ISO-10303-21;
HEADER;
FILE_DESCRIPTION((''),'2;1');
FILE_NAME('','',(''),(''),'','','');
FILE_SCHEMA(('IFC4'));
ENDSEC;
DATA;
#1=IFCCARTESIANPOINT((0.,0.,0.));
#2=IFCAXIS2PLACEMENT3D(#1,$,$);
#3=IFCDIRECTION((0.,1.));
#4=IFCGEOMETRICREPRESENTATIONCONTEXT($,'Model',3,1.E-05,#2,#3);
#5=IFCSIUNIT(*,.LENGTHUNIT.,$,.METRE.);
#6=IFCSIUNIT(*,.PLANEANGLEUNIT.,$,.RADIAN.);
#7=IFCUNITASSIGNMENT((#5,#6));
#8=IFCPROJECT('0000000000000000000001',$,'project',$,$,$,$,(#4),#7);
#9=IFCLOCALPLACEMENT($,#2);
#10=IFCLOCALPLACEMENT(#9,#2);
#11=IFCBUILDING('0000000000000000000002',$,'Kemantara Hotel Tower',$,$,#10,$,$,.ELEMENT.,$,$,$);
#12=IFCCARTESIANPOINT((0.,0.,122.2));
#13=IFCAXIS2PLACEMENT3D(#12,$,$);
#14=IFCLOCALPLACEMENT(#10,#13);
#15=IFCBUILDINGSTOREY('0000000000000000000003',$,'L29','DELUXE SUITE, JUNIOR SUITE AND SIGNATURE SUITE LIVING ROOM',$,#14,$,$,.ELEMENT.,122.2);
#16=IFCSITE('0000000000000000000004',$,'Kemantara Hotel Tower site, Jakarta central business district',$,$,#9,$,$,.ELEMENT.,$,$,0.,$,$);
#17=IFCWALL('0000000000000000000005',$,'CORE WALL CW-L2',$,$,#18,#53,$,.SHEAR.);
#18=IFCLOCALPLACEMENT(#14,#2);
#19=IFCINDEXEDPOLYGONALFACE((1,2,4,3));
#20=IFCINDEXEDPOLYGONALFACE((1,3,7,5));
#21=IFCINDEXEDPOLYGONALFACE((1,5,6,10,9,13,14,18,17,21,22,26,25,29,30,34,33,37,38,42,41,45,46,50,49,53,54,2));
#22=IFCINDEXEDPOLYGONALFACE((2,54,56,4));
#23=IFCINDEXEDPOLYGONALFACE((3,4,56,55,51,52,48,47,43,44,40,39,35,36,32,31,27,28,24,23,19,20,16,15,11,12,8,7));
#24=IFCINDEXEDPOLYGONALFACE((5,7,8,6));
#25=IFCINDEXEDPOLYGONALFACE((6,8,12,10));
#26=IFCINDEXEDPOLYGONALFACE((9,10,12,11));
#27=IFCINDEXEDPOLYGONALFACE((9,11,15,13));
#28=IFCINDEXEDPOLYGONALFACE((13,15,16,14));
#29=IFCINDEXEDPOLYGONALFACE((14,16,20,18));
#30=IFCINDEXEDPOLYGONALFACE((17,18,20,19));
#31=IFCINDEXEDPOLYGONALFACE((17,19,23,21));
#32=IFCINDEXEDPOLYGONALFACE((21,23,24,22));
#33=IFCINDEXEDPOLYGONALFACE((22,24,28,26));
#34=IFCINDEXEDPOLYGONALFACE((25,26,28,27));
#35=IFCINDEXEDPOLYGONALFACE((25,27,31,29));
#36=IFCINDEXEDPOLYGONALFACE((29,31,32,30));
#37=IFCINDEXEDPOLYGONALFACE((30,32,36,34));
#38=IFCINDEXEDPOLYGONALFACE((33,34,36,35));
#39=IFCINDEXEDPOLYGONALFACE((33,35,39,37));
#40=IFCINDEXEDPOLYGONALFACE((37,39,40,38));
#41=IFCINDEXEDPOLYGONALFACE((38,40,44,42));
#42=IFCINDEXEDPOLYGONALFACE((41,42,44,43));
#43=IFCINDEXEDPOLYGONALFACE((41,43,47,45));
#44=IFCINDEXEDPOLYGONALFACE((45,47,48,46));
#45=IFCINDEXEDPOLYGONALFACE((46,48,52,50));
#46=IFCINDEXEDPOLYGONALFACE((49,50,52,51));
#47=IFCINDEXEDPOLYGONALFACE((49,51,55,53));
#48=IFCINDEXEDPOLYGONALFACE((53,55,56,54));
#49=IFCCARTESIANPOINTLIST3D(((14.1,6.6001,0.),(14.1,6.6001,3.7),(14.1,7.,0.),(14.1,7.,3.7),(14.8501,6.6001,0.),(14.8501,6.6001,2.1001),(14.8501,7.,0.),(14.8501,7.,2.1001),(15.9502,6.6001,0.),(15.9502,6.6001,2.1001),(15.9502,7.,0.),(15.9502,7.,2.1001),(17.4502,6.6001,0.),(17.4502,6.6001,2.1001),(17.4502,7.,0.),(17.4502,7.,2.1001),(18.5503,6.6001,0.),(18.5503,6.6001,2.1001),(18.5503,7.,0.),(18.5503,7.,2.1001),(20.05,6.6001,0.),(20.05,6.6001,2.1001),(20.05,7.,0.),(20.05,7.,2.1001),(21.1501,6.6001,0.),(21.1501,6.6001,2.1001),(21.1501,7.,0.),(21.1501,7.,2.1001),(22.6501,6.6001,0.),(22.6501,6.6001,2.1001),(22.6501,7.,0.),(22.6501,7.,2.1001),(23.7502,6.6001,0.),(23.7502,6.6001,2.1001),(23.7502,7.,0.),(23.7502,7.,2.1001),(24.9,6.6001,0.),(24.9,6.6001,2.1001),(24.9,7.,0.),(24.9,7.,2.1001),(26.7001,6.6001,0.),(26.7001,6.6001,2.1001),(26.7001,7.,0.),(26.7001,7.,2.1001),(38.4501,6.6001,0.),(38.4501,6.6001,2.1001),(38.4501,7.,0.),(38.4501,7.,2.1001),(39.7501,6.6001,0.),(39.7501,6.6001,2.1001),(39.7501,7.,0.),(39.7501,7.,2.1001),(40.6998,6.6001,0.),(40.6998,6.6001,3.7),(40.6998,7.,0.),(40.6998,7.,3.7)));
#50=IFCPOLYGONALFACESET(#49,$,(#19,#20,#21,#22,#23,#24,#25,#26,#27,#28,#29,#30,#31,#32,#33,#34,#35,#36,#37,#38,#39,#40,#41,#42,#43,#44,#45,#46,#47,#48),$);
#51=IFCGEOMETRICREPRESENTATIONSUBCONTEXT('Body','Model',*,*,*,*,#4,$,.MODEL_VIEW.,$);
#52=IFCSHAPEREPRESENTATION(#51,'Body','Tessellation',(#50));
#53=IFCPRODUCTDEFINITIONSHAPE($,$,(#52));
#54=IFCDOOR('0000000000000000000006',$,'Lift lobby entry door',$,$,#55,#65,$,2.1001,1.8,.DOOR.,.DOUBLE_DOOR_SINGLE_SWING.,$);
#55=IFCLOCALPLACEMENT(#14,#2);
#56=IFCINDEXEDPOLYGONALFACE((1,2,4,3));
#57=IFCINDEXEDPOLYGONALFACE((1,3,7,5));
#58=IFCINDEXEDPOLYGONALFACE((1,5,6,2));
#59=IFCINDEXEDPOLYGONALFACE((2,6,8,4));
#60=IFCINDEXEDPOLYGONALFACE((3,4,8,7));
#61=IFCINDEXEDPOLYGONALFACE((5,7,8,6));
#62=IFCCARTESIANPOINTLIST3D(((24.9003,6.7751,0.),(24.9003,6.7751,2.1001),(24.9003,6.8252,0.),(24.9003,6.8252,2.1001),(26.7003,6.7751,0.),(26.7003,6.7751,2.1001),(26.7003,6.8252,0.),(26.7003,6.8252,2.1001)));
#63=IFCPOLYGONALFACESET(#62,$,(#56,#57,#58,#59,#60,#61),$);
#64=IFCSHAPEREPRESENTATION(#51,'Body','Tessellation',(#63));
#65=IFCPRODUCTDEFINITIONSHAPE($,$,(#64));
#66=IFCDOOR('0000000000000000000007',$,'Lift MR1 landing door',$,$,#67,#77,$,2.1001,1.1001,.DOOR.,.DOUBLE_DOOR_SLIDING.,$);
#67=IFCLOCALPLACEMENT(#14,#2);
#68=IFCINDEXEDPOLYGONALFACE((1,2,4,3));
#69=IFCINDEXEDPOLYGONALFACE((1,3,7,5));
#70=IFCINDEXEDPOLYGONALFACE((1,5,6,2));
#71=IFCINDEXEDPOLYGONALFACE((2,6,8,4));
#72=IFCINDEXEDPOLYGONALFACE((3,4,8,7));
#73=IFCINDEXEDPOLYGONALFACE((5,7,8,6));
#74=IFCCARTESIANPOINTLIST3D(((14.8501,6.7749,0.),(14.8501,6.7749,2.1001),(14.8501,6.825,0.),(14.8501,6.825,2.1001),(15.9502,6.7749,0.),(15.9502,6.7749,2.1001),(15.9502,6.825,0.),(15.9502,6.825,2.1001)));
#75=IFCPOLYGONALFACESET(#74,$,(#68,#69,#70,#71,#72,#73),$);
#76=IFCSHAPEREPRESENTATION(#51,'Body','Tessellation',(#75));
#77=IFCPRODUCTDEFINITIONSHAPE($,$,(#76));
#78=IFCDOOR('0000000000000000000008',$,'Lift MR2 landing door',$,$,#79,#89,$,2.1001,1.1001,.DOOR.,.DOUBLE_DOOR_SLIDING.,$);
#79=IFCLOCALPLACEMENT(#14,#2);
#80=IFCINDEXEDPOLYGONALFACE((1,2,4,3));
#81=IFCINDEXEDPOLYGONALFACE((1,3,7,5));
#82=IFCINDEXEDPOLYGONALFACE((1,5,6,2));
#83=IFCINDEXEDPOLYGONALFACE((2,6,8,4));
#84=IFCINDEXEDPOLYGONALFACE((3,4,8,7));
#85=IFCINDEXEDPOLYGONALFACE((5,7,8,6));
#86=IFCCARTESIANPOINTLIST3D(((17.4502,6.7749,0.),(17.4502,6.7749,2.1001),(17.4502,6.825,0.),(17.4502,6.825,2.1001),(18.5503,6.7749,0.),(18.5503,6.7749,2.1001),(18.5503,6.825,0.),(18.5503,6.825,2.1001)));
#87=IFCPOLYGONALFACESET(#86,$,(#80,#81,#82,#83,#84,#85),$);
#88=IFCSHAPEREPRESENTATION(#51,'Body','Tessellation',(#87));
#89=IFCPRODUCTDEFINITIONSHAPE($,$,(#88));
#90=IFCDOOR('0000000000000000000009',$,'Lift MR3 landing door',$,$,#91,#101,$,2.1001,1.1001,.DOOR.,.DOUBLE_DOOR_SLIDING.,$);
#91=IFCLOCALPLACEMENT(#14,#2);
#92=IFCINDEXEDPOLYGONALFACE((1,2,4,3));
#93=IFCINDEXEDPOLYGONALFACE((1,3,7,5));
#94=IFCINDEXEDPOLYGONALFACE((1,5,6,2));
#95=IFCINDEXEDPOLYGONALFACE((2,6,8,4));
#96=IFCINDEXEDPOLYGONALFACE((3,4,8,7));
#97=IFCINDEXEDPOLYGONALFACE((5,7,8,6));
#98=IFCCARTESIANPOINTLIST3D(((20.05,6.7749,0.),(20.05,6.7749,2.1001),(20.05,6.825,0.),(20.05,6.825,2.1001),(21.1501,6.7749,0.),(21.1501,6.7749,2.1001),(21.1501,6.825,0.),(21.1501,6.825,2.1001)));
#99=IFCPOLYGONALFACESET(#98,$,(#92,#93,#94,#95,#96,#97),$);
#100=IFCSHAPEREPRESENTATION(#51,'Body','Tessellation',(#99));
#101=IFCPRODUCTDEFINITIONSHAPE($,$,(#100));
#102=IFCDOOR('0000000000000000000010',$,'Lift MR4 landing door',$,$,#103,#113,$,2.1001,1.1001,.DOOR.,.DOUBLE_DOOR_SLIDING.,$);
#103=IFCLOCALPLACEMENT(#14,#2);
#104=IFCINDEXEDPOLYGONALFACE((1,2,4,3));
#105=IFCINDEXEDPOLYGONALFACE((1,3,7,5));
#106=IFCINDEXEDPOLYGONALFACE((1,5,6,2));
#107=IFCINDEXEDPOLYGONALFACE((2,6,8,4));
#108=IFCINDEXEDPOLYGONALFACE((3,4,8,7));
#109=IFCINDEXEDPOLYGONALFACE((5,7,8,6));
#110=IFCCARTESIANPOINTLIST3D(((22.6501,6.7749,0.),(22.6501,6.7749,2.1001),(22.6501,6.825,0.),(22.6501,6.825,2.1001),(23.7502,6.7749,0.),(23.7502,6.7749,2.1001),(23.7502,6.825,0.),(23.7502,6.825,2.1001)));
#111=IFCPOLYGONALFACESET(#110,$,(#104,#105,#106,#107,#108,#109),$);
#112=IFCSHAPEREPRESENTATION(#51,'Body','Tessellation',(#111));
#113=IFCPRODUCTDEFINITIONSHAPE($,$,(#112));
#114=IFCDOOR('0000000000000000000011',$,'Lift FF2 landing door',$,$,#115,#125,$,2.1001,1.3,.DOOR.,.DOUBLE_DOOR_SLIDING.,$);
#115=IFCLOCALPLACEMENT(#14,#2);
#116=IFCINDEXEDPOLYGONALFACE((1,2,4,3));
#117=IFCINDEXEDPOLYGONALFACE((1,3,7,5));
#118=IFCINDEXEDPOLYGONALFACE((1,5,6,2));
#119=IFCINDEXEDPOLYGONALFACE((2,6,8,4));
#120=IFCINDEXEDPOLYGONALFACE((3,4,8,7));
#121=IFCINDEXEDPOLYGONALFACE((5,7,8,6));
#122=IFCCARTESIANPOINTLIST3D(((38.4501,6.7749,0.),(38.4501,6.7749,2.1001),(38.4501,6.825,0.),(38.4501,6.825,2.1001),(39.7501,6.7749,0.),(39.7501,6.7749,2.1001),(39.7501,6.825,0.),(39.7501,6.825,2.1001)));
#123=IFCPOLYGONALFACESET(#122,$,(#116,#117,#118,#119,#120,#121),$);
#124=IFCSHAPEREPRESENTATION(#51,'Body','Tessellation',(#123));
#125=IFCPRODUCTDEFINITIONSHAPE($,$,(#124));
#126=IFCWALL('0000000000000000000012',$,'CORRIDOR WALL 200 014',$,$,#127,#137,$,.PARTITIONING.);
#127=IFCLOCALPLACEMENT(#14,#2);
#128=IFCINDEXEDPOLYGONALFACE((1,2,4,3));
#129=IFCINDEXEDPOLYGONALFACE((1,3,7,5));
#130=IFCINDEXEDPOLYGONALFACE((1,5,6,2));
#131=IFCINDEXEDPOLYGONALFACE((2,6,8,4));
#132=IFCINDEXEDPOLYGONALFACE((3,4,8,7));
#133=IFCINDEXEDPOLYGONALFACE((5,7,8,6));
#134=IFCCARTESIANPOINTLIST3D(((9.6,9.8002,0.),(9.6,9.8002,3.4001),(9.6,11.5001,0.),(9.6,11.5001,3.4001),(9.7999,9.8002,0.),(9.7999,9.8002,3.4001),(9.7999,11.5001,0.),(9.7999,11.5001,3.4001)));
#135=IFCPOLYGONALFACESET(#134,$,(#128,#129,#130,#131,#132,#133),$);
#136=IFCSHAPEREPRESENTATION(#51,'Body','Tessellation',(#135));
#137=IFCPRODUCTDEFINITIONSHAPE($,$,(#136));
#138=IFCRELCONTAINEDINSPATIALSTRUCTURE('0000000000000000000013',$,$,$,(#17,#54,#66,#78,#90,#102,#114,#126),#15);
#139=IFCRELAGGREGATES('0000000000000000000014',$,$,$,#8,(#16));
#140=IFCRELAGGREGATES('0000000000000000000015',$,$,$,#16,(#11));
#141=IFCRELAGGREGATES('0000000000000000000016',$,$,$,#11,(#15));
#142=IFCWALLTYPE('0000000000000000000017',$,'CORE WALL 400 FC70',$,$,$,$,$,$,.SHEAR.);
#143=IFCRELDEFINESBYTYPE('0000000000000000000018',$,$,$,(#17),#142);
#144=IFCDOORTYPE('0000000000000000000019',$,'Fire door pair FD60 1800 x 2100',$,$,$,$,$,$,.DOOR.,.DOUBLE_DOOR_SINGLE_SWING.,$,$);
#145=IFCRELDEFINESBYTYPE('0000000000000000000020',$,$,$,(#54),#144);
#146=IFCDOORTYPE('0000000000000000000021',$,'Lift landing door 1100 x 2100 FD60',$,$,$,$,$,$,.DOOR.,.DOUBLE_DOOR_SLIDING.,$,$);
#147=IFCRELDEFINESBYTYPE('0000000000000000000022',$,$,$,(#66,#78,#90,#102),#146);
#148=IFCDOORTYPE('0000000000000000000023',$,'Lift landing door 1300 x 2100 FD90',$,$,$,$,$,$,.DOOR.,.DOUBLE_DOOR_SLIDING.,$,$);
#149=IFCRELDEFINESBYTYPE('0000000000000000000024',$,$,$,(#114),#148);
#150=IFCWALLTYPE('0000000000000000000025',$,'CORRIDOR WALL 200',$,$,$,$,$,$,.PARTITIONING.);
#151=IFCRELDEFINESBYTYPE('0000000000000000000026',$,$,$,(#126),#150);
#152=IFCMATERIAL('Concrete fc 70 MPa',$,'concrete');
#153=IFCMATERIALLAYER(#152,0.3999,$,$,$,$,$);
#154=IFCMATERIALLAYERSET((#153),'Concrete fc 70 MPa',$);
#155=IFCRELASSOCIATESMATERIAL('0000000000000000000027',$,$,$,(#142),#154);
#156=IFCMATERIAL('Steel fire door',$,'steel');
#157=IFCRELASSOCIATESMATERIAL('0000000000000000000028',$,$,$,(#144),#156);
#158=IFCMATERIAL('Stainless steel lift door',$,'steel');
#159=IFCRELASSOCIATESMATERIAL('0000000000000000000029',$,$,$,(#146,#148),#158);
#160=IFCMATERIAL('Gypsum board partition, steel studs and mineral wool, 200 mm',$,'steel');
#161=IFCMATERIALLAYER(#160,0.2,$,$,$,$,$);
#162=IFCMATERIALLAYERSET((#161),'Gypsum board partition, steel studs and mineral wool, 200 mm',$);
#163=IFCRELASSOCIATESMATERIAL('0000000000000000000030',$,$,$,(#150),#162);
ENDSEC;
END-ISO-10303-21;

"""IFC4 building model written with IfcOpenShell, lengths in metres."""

from ifc_helpers import new_model, si_unit, direction, frame, frame_2d, origin, place, context, subcontext, project, spatial, rectangle, extrude, material, layer, layer_set, type_object, element, fill, save


model = new_model("IFC4")

# Units and contexts
model_context = context("Model", 3, precision=1e-05, world=origin(), true_north=direction((0.0, 1.0)))
body_context = subcontext(model_context, "Body", "Model", "MODEL_VIEW")
ifc_project = project(units=[si_unit("LENGTHUNIT", "METRE"), si_unit("PLANEANGLEUNIT", "RADIAN")], contexts=[model_context])

# Site, building, storey
site_placement = place(None, origin())
site = spatial("IfcSite", under=ifc_project, at=site_placement, Name="Kemantara Hotel Tower site, Jakarta central business district", CompositionType="ELEMENT", RefElevation=0.0)
building_placement = place(site_placement, origin())
building = spatial("IfcBuilding", under=site, at=building_placement, Name="Kemantara Hotel Tower", CompositionType="ELEMENT")
storey_placement = place(building_placement, frame((0.0, 0.0, 122.2)))
storey = spatial("IfcBuildingStorey", under=building, at=storey_placement, Name="L29", Description="DELUXE SUITE, JUNIOR SUITE AND SIGNATURE SUITE LIVING ROOM", CompositionType="ELEMENT", Elevation=122.2)

# Shared definitions
ifc_material_1 = material(Name="Concrete fc 70 MPa", Category="concrete")

# Shared definitions
ifc_layer_1 = layer(ifc_material_1, 0.3999)
ifc_layer_set_1 = layer_set([ifc_layer_1], Name="Concrete fc 70 MPa")
wall_type_1 = type_object("IfcWallType", Name="CORE WALL 400 FC70", PredefinedType="SHEAR", material=ifc_layer_set_1)
ifc_material_2 = material(Name="Steel fire door", Category="steel")

# Wall, openings, doors
wall_1_placement = place(storey_placement, frame((14.1001, 6.8, 0.0), z_axis=(0.0, 0.0, 1.0), x_axis=(1.0, 0.0, 0.0)))
wall_1 = element("IfcWall", 1, at=wall_1_placement, inside=storey, type_object=wall_type_1, Name="CORE WALL CW-L2", PredefinedType="SHEAR", context=body_context, shape_type="SweptSolid", body=[
    extrude(rectangle(XDim=26.5999, YDim=0.3999, at=frame_2d((13.2998, 0.0))), origin(), (0.0, 0.0, 1.0), 3.7),
])
opening_1_placement = place(wall_1_placement, frame((10.8, 0.0, 0.0)))
opening_1 = element("IfcOpeningElement", 2, at=opening_1_placement, cuts=wall_1, PredefinedType="OPENING", context=body_context, shape_type="SweptSolid", body=[
    extrude(rectangle(XDim=1.8, YDim=2.1001, at=frame_2d((0.8999, 1.05))), frame((0.0, 0.21, 0.0), z_axis=(0.0, -1.0, 0.0), x_axis=(1.0, 0.0, 0.0)), (0.0, 0.0, 1.0), 0.4199),
])
opening_2_placement = place(wall_1_placement, frame((0.75, 0.0, 0.0)))
opening_2 = element("IfcOpeningElement", 3, at=opening_2_placement, cuts=wall_1, PredefinedType="OPENING", context=body_context, shape_type="SweptSolid", body=[
    extrude(rectangle(XDim=1.1001, YDim=2.1001, at=frame_2d((0.55, 1.05))), frame((0.0, 0.21, 0.0), z_axis=(0.0, -1.0, 0.0), x_axis=(1.0, 0.0, 0.0)), (0.0, 0.0, 1.0), 0.4199),
])
opening_3_placement = place(wall_1_placement, frame((3.3501, 0.0, 0.0)))
opening_3 = element("IfcOpeningElement", 4, at=opening_3_placement, cuts=wall_1, PredefinedType="OPENING", context=body_context, shape_type="SweptSolid", body=[
    extrude(rectangle(XDim=1.1001, YDim=2.1001, at=frame_2d((0.55, 1.05))), frame((0.0, 0.21, 0.0), z_axis=(0.0, -1.0, 0.0), x_axis=(1.0, 0.0, 0.0)), (0.0, 0.0, 1.0), 0.4199),
])
opening_4_placement = place(wall_1_placement, frame((5.95, 0.0, 0.0)))
opening_4 = element("IfcOpeningElement", 5, at=opening_4_placement, cuts=wall_1, PredefinedType="OPENING", context=body_context, shape_type="SweptSolid", body=[
    extrude(rectangle(XDim=1.1001, YDim=2.1001, at=frame_2d((0.55, 1.05))), frame((0.0, 0.21, 0.0), z_axis=(0.0, -1.0, 0.0), x_axis=(1.0, 0.0, 0.0)), (0.0, 0.0, 1.0), 0.4199),
])
opening_5_placement = place(wall_1_placement, frame((8.55, 0.0, 0.0)))
opening_5 = element("IfcOpeningElement", 6, at=opening_5_placement, cuts=wall_1, PredefinedType="OPENING", context=body_context, shape_type="SweptSolid", body=[
    extrude(rectangle(XDim=1.1001, YDim=2.1001, at=frame_2d((0.55, 1.05))), frame((0.0, 0.21, 0.0), z_axis=(0.0, -1.0, 0.0), x_axis=(1.0, 0.0, 0.0)), (0.0, 0.0, 1.0), 0.4199),
])
opening_6_placement = place(wall_1_placement, frame((24.3501, 0.0, 0.0)))
opening_6 = element("IfcOpeningElement", 7, at=opening_6_placement, cuts=wall_1, PredefinedType="OPENING", context=body_context, shape_type="SweptSolid", body=[
    extrude(rectangle(XDim=1.3, YDim=2.1001, at=frame_2d((0.6499, 1.05))), frame((0.0, 0.21, 0.0), z_axis=(0.0, -1.0, 0.0), x_axis=(1.0, 0.0, 0.0)), (0.0, 0.0, 1.0), 0.4199),
])
door_type_1 = type_object("IfcDoorType", Name="Fire door pair FD60 1800 x 2100", OperationType="DOUBLE_DOOR_SINGLE_SWING", PredefinedType="DOOR", material=ifc_material_2)
door_1_placement = place(opening_1_placement, frame((1.8, 0.0, 0.0), z_axis=(0.0, 0.0, 1.0), x_axis=(-1.0, 0.0, 0.0)))
door_1 = element("IfcDoor", 8, at=door_1_placement, inside=storey, type_object=door_type_1, Name="Lift lobby entry door", OperationType="DOUBLE_DOOR_SINGLE_SWING", OverallHeight=2.1001, OverallWidth=1.8, PredefinedType="DOOR", context=body_context, shape_type="SweptSolid", body=[
    extrude(rectangle(XDim=1.8, YDim=2.1001, at=frame_2d((0.8999, 1.05))), frame((0.0, 0.0249, 0.0), z_axis=(0.0, -1.0, 0.0), x_axis=(1.0, 0.0, 0.0)), (0.0, 0.0, 1.0), 0.05),
])
fill(opening_1, door_1)
ifc_material_3 = material(Name="Stainless steel lift door", Category="steel")
door_type_2 = type_object("IfcDoorType", Name="Lift landing door 1100 x 2100 FD60", OperationType="DOUBLE_DOOR_SLIDING", PredefinedType="DOOR", material=ifc_material_3)
door_2_placement = place(opening_2_placement, origin())
door_2 = element("IfcDoor", 9, at=door_2_placement, inside=storey, type_object=door_type_2, Name="Lift MR1 landing door", OperationType="DOUBLE_DOOR_SLIDING", OverallHeight=2.1001, OverallWidth=1.1001, PredefinedType="DOOR", context=body_context, shape_type="SweptSolid", body=[
    extrude(rectangle(XDim=1.1001, YDim=2.1001, at=frame_2d((0.55, 1.05))), frame((0.0, 0.0249, 0.0), z_axis=(0.0, -1.0, 0.0), x_axis=(1.0, 0.0, 0.0)), (0.0, 0.0, 1.0), 0.05),
])
fill(opening_2, door_2)
door_3_placement = place(opening_3_placement, origin())
door_3 = element("IfcDoor", 10, at=door_3_placement, inside=storey, type_object=door_type_2, Name="Lift MR2 landing door", OperationType="DOUBLE_DOOR_SLIDING", OverallHeight=2.1001, OverallWidth=1.1001, PredefinedType="DOOR", context=body_context, shape_type="SweptSolid", body=[
    extrude(rectangle(XDim=1.1001, YDim=2.1001, at=frame_2d((0.55, 1.05))), frame((0.0, 0.0249, 0.0), z_axis=(0.0, -1.0, 0.0), x_axis=(1.0, 0.0, 0.0)), (0.0, 0.0, 1.0), 0.05),
])
fill(opening_3, door_3)
door_4_placement = place(opening_4_placement, origin())
door_4 = element("IfcDoor", 11, at=door_4_placement, inside=storey, type_object=door_type_2, Name="Lift MR3 landing door", OperationType="DOUBLE_DOOR_SLIDING", OverallHeight=2.1001, OverallWidth=1.1001, PredefinedType="DOOR", context=body_context, shape_type="SweptSolid", body=[
    extrude(rectangle(XDim=1.1001, YDim=2.1001, at=frame_2d((0.55, 1.05))), frame((0.0, 0.0249, 0.0), z_axis=(0.0, -1.0, 0.0), x_axis=(1.0, 0.0, 0.0)), (0.0, 0.0, 1.0), 0.05),
])
fill(opening_4, door_4)
door_5_placement = place(opening_5_placement, origin())
door_5 = element("IfcDoor", 12, at=door_5_placement, inside=storey, type_object=door_type_2, Name="Lift MR4 landing door", OperationType="DOUBLE_DOOR_SLIDING", OverallHeight=2.1001, OverallWidth=1.1001, PredefinedType="DOOR", context=body_context, shape_type="SweptSolid", body=[
    extrude(rectangle(XDim=1.1001, YDim=2.1001, at=frame_2d((0.55, 1.05))), frame((0.0, 0.0249, 0.0), z_axis=(0.0, -1.0, 0.0), x_axis=(1.0, 0.0, 0.0)), (0.0, 0.0, 1.0), 0.05),
])
fill(opening_5, door_5)
door_type_3 = type_object("IfcDoorType", Name="Lift landing door 1300 x 2100 FD90", OperationType="DOUBLE_DOOR_SLIDING", PredefinedType="DOOR", material=ifc_material_3)
door_6_placement = place(opening_6_placement, origin())
door_6 = element("IfcDoor", 13, at=door_6_placement, inside=storey, type_object=door_type_3, Name="Lift FF2 landing door", OperationType="DOUBLE_DOOR_SLIDING", OverallHeight=2.1001, OverallWidth=1.3, PredefinedType="DOOR", context=body_context, shape_type="SweptSolid", body=[
    extrude(rectangle(XDim=1.3, YDim=2.1001, at=frame_2d((0.6499, 1.05))), frame((0.0, 0.0249, 0.0), z_axis=(0.0, -1.0, 0.0), x_axis=(1.0, 0.0, 0.0)), (0.0, 0.0, 1.0), 0.05),
])
fill(opening_6, door_6)

# Wall
ifc_material_4 = material(Name="Gypsum board partition, steel studs and mineral wool, 200 mm", Category="steel")
ifc_layer_2 = layer(ifc_material_4, 0.2)
ifc_layer_set_2 = layer_set([ifc_layer_2], Name="Gypsum board partition, steel studs and mineral wool, 200 mm")
wall_type_2 = type_object("IfcWallType", Name="CORRIDOR WALL 200", PredefinedType="PARTITIONING", material=ifc_layer_set_2)
wall_2_placement = place(storey_placement, frame((9.7, 9.8, 0.0), z_axis=(0.0, 0.0, 1.0), x_axis=(0.0, 1.0, 0.0)))
element("IfcWall", 14, at=wall_2_placement, inside=storey, type_object=wall_type_2, Name="CORRIDOR WALL 200 014", PredefinedType="PARTITIONING", context=body_context, shape_type="SweptSolid", body=[
    extrude(rectangle(XDim=1.7, YDim=0.2, at=frame_2d((0.8501, 0.0))), origin(), (0.0, 0.0, 1.0), 3.4001),
])

save(model, "model.ifc")
